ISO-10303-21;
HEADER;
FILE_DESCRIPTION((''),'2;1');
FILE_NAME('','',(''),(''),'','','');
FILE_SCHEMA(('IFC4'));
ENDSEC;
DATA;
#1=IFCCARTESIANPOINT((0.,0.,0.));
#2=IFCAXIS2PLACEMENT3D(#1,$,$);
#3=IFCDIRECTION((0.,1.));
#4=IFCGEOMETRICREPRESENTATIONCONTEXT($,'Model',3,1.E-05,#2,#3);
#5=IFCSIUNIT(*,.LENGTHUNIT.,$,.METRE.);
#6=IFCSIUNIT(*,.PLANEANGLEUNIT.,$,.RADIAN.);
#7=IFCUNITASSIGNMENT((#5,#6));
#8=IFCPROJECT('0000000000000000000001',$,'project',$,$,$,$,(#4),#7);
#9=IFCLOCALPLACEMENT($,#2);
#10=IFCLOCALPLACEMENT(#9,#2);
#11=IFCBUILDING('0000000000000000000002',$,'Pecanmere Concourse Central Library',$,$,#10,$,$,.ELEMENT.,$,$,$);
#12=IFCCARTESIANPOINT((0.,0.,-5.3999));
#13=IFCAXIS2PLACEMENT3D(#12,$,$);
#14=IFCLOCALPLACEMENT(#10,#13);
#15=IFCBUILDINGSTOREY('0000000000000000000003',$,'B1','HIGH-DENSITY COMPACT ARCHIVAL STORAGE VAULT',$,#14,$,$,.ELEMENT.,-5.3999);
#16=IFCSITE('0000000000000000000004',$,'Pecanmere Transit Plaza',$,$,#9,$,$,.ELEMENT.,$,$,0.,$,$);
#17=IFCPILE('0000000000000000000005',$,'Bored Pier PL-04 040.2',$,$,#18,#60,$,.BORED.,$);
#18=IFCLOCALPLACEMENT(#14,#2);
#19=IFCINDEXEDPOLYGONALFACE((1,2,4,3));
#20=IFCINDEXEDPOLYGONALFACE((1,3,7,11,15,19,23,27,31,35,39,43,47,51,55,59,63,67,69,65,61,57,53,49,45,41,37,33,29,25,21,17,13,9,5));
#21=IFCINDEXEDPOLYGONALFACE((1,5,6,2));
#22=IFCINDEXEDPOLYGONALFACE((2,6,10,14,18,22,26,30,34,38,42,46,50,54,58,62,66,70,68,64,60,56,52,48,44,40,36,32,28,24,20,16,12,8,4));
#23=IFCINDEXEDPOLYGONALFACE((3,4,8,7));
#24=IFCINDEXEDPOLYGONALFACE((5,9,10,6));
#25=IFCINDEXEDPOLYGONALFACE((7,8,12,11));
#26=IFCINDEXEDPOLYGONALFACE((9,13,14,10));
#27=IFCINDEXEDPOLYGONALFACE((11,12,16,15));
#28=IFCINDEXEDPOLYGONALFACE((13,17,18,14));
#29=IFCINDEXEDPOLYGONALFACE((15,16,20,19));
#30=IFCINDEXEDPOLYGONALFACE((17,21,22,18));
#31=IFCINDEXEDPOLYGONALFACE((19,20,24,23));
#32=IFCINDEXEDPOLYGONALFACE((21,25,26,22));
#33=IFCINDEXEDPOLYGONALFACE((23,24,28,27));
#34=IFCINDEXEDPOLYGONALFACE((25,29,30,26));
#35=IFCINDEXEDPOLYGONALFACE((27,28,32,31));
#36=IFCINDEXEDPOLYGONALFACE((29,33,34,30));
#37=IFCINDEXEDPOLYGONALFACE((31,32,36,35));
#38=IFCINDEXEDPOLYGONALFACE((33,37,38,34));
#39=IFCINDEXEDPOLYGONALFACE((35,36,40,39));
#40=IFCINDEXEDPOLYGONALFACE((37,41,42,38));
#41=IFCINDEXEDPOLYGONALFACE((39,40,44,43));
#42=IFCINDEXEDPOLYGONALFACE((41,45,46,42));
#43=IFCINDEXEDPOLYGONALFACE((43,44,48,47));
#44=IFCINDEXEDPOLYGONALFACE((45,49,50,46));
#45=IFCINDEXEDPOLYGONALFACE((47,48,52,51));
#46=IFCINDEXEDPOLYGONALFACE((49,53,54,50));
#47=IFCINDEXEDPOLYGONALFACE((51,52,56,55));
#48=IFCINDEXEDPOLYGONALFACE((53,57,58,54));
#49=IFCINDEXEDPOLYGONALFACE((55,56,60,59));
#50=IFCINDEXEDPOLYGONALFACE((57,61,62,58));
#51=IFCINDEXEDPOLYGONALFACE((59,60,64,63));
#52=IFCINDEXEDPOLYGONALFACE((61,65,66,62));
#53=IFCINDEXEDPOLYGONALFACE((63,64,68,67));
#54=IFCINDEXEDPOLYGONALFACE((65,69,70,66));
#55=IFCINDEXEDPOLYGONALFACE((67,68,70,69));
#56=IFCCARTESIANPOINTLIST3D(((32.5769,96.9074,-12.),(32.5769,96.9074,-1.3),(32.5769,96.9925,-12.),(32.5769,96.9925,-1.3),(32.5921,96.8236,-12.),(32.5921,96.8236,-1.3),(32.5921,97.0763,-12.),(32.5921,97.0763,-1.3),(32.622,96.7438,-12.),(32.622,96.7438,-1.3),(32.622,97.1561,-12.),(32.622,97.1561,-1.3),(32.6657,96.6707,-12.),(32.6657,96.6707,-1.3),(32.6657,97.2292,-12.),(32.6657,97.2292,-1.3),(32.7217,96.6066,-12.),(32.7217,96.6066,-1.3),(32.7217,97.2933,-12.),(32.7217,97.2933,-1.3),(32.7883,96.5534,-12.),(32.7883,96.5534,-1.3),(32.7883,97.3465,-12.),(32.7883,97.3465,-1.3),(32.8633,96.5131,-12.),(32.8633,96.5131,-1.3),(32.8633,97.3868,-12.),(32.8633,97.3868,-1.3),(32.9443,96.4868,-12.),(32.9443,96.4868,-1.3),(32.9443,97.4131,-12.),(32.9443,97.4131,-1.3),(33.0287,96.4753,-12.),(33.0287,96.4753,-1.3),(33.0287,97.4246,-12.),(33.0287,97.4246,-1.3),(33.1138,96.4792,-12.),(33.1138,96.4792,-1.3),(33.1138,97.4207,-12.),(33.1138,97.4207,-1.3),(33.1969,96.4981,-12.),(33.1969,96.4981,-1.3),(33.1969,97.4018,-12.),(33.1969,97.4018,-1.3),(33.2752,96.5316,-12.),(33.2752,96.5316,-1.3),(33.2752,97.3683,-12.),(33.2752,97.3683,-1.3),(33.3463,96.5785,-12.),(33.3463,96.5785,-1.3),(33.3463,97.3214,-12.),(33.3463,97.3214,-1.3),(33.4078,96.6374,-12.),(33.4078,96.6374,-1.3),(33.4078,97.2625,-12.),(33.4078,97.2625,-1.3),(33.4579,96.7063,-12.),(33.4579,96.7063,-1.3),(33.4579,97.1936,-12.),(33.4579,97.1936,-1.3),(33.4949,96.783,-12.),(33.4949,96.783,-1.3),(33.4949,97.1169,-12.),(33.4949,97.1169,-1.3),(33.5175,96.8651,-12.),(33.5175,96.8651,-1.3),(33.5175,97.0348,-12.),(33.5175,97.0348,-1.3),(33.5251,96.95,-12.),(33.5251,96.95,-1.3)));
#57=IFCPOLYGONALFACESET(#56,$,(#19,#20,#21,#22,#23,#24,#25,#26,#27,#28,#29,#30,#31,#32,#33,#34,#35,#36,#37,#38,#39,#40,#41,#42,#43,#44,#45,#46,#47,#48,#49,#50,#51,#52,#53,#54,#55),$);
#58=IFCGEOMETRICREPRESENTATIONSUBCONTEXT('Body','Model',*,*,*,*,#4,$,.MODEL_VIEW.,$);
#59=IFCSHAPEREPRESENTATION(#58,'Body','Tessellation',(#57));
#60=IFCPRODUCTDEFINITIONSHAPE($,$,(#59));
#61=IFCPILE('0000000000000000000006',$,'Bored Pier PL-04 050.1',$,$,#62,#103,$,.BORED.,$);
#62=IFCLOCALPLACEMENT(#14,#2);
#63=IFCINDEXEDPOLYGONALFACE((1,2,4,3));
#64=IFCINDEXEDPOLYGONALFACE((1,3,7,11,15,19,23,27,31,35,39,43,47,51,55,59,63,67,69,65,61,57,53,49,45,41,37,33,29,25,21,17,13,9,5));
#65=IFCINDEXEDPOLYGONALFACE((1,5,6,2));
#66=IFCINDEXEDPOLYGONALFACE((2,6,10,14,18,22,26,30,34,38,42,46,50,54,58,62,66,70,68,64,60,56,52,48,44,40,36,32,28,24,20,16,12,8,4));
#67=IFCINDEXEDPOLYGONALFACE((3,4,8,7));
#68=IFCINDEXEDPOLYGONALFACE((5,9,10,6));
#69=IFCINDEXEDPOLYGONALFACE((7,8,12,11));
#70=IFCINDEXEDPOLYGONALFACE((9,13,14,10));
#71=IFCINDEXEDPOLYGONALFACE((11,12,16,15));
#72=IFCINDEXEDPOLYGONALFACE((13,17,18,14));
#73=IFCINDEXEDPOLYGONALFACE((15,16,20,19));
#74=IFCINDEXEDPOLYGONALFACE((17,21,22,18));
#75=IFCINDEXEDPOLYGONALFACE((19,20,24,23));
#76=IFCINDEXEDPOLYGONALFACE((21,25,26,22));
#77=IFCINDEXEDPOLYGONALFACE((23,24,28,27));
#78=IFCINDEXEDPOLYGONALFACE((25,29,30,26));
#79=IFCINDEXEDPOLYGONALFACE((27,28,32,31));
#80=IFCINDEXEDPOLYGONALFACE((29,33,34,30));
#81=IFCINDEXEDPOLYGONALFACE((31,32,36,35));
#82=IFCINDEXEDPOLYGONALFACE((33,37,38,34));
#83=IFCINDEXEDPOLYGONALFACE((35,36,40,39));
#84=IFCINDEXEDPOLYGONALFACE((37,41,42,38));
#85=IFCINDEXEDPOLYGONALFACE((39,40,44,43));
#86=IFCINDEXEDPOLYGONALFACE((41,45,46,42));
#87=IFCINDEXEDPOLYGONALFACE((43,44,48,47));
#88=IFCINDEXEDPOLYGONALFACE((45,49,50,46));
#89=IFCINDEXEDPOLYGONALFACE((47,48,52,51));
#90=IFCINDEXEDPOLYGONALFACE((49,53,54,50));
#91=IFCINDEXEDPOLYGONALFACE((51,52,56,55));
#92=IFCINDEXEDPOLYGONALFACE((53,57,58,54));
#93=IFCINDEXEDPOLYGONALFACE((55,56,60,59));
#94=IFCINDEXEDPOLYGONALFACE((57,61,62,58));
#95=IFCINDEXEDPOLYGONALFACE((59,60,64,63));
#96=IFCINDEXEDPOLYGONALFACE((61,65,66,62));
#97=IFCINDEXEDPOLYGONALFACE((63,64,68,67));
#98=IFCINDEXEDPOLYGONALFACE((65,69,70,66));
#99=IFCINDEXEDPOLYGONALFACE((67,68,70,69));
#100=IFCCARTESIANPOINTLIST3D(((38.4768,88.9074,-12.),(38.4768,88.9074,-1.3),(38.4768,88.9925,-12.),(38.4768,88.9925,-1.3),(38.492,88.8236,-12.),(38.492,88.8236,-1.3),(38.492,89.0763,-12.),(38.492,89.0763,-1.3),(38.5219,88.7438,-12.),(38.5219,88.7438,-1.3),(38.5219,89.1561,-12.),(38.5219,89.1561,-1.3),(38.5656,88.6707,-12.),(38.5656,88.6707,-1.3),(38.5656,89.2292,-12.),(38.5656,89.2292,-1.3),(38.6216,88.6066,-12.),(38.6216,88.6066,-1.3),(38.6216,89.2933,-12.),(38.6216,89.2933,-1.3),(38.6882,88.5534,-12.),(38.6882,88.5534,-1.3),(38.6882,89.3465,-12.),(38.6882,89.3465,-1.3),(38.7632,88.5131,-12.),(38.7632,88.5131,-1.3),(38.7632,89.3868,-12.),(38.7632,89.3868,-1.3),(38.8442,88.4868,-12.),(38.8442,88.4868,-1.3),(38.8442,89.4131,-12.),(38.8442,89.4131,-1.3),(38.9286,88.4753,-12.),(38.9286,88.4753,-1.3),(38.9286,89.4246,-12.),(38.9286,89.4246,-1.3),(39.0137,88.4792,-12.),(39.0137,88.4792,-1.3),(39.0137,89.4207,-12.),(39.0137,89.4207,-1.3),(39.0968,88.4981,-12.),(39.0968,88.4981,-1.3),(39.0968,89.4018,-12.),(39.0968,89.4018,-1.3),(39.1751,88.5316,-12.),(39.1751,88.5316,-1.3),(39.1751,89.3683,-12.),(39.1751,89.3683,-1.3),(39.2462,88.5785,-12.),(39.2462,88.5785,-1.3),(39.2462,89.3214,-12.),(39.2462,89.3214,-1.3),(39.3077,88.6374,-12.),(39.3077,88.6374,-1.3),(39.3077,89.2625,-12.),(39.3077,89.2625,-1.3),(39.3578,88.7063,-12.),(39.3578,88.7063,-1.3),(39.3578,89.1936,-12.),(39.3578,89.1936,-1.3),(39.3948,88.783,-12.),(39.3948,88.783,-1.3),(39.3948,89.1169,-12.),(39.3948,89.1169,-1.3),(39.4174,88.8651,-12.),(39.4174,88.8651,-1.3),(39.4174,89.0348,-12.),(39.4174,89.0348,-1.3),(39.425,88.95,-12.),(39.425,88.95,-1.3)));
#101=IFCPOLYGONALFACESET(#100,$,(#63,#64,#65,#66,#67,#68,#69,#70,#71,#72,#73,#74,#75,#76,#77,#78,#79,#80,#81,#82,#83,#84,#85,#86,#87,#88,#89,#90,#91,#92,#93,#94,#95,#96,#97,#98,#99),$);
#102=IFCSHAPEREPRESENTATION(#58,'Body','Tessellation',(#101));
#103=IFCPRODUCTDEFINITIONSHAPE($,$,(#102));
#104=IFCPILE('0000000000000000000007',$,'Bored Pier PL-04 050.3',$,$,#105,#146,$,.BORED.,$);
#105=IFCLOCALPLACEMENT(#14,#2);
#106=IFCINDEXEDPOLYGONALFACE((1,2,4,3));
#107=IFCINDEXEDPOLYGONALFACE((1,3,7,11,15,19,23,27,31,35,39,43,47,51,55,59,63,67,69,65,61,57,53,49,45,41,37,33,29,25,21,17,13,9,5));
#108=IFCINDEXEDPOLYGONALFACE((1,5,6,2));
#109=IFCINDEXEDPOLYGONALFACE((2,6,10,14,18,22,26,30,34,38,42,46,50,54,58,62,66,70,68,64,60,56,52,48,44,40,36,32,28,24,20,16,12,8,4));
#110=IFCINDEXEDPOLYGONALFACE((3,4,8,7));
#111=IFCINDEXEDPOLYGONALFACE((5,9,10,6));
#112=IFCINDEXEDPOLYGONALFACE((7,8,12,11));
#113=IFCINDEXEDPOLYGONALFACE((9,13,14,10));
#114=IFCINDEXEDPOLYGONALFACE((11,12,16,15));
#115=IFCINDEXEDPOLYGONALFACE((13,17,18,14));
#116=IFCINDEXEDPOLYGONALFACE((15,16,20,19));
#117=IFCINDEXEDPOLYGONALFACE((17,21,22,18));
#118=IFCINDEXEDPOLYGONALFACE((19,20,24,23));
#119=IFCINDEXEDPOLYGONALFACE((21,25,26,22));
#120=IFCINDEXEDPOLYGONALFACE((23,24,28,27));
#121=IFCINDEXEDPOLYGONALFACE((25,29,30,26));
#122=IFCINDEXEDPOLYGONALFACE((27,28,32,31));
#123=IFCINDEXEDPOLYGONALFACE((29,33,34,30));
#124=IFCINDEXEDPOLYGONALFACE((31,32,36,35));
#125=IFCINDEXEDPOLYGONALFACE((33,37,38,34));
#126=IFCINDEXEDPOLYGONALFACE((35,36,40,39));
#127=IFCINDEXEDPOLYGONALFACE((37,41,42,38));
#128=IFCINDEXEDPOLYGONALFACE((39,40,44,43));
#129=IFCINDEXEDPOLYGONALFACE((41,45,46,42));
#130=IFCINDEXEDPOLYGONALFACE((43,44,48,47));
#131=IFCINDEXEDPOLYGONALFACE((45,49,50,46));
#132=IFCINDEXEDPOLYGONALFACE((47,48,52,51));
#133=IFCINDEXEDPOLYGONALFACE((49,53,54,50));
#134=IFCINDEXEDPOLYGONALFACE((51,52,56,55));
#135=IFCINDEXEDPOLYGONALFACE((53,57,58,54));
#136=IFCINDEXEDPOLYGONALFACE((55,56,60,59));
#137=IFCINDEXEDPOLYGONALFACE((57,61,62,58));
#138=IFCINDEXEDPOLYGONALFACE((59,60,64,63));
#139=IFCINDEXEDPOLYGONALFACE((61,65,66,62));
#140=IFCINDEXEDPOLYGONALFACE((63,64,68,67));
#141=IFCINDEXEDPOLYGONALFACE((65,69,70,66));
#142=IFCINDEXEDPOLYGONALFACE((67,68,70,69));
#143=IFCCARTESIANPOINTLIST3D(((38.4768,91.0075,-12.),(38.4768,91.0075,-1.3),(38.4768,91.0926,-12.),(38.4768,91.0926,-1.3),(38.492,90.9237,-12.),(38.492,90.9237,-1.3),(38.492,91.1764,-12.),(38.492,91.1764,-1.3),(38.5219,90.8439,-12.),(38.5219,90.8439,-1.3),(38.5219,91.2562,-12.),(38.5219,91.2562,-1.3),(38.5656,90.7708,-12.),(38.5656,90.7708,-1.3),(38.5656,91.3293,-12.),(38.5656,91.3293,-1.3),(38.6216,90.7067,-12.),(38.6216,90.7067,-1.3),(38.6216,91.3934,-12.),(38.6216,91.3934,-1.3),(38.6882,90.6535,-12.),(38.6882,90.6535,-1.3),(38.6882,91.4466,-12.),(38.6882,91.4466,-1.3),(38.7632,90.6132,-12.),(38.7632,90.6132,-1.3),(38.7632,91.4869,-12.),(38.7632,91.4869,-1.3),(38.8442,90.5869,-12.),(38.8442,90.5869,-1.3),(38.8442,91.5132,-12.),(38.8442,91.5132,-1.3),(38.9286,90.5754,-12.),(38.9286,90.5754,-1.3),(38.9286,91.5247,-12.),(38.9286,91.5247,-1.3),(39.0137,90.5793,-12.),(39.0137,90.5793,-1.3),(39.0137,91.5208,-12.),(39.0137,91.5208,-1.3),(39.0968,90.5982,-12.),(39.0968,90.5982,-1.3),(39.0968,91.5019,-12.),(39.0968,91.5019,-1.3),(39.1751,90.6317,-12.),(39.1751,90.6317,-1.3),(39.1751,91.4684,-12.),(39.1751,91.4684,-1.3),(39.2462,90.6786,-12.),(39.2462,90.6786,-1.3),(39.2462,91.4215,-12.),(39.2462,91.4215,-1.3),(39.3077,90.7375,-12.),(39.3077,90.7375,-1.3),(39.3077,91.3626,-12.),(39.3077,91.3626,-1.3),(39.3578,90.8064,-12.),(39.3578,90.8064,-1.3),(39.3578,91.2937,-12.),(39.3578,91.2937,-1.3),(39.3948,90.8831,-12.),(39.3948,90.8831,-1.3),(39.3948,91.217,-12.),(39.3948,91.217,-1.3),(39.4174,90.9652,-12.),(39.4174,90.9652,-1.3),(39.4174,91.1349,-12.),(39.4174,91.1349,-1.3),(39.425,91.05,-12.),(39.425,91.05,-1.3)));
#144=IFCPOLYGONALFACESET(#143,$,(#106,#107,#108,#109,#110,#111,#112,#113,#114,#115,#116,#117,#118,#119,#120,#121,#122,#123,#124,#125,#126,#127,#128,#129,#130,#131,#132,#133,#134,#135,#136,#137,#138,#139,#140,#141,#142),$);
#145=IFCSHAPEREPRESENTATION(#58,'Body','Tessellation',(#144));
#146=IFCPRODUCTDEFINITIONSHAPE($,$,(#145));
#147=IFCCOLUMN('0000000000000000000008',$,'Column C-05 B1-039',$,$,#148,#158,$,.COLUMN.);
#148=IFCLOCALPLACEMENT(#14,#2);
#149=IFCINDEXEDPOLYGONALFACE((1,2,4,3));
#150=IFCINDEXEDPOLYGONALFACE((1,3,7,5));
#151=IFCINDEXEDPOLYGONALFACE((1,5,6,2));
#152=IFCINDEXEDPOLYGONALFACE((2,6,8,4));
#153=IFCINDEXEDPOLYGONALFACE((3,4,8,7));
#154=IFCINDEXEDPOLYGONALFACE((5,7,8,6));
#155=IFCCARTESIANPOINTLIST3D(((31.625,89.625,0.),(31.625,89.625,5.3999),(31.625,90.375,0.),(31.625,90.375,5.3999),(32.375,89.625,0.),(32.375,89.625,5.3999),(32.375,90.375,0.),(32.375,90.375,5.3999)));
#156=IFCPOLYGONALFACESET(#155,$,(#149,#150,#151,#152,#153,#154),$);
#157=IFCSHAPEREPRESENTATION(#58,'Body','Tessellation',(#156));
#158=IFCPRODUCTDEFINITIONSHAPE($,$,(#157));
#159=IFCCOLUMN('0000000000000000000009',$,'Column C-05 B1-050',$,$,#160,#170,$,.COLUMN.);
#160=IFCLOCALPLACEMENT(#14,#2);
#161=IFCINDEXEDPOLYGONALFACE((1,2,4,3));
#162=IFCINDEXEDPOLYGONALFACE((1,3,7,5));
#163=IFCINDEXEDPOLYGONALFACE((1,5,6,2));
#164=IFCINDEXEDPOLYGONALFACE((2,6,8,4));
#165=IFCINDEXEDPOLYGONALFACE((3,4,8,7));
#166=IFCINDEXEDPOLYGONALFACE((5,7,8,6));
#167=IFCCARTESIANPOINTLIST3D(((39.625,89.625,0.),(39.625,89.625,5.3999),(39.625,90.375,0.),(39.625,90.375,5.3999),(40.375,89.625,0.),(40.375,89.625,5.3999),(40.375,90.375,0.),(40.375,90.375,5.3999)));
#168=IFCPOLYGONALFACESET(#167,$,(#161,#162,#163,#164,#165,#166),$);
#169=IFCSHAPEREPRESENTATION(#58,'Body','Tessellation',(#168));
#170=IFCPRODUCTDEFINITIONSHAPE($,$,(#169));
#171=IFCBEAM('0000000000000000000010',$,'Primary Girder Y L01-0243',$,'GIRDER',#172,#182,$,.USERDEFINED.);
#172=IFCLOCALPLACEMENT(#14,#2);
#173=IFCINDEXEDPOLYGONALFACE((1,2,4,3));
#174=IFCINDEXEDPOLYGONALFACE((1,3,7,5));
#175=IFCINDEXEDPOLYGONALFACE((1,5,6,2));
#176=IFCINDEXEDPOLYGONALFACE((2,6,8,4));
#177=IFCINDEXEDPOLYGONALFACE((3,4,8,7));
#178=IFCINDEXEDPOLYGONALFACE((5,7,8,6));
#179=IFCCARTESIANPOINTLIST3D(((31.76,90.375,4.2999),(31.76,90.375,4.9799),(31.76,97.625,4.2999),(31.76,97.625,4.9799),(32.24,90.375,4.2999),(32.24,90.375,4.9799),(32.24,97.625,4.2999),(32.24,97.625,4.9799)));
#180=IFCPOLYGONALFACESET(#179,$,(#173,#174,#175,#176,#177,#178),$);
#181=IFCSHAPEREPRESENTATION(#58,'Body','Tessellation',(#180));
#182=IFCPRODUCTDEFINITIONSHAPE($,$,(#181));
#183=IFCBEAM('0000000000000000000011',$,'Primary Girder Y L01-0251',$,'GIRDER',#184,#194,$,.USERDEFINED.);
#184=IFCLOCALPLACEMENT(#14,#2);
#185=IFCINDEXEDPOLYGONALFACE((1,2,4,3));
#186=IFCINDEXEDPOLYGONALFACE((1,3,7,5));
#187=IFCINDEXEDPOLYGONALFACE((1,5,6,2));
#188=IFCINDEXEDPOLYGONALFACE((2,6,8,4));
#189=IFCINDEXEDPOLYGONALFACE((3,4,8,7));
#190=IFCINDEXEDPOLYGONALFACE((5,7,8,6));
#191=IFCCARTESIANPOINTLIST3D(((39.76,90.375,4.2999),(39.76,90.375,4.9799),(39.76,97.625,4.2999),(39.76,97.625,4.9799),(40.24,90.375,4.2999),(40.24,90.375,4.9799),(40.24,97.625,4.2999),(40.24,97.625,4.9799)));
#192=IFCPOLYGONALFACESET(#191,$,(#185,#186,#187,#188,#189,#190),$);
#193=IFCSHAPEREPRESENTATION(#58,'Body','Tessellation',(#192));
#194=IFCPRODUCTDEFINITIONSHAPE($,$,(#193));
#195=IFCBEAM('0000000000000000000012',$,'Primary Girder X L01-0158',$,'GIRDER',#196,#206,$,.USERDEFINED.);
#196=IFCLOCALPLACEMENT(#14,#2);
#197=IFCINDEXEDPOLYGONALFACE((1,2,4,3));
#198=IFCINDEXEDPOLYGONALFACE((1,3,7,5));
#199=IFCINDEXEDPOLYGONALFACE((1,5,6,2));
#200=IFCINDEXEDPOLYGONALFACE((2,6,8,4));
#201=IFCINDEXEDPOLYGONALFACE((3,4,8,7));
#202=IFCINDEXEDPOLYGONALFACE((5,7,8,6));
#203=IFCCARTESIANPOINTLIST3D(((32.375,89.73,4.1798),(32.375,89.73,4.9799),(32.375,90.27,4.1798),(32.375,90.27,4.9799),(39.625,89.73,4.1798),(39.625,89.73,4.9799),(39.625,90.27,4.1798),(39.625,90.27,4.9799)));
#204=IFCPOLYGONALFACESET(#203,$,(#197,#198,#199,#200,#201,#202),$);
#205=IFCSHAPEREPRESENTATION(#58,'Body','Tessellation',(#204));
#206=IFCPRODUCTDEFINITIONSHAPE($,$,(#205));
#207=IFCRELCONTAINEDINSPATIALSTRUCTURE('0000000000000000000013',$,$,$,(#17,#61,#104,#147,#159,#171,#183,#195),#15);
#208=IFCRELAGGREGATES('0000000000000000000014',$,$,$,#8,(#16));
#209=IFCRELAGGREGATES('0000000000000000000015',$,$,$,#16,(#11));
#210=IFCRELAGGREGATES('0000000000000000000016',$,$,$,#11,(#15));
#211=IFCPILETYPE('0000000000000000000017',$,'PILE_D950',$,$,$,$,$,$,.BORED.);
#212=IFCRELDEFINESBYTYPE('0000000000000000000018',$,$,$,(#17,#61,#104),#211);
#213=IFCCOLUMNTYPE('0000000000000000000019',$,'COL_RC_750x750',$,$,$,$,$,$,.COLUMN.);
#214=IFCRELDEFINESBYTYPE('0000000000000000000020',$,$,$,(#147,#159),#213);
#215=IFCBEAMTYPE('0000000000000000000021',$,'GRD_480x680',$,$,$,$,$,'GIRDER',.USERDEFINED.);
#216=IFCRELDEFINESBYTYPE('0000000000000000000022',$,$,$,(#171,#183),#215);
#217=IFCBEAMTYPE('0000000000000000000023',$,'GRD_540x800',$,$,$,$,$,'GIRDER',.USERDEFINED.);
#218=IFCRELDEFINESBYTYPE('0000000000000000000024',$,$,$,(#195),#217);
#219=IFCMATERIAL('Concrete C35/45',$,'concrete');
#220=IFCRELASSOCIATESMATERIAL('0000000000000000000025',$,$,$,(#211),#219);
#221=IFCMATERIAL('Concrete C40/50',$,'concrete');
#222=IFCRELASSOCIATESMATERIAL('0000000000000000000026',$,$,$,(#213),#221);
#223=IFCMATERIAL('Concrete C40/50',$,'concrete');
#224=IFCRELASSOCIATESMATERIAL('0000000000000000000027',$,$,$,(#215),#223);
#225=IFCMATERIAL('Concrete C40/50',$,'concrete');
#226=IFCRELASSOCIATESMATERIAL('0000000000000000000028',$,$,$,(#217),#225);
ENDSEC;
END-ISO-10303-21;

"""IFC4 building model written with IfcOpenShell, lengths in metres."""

from ifc_helpers import new_model, si_unit, direction, frame, origin, origin_2d, place, context, subcontext, project, spatial, rectangle, circle, extrude, material, material_profile, profile_set, type_object, element, save


model = new_model("IFC4")

# Units and contexts
model_context = context("Model", 3, precision=1e-05, world=origin(), true_north=direction((0.0, 1.0)))
body_context = subcontext(model_context, "Body", "Model", "MODEL_VIEW")
ifc_project = project(units=[si_unit("LENGTHUNIT", "METRE"), si_unit("PLANEANGLEUNIT", "RADIAN")], contexts=[model_context])

# Site, building, storey
site_placement = place(None, origin())
site = spatial("IfcSite", under=ifc_project, at=site_placement, Name="Pecanmere Transit Plaza", CompositionType="ELEMENT", RefElevation=0.0)
building_placement = place(site_placement, origin())
building = spatial("IfcBuilding", under=site, at=building_placement, Name="Pecanmere Concourse Central Library", CompositionType="ELEMENT")
storey_placement = place(building_placement, frame((0.0, 0.0, -5.3999)))
storey = spatial("IfcBuildingStorey", under=building, at=storey_placement, Name="B1", Description="HIGH-DENSITY COMPACT ARCHIVAL STORAGE VAULT", CompositionType="ELEMENT", Elevation=-5.3999)

# Piles
ifc_material_1 = material(Name="Concrete C35/45", Category="concrete")
ifc_material_profile_1 = material_profile(ifc_material_1, circle(Radius=0.4751, at=origin_2d()), Name="PIER D950")
ifc_profile_set_1 = profile_set([ifc_material_profile_1], Name="Concrete C35/45")
pile_type = type_object("IfcPileType", Name="PILE_D950", PredefinedType="BORED", material=ifc_profile_set_1)
for number, where, z_axis, x_axis, name in (
    (1, (33.05, 96.95, -1.3), (0.0, 0.0, -1.0), (1.0, 0.0, 0.0), "Bored Pier PL-04 040.2"),
    (2, (38.95, 88.95, -1.3), (0.0, 0.0, -1.0), (1.0, 0.0, 0.0), "Bored Pier PL-04 050.1"),
    (3, (38.95, 91.05, -1.3), (0.0, 0.0, -1.0), (1.0, 0.0, 0.0), "Bored Pier PL-04 050.3"),
):
    element("IfcPile", number, at=place(storey_placement, frame(where, z_axis=z_axis, x_axis=x_axis)), inside=storey, type_object=pile_type, Name=name, PredefinedType="BORED", context=body_context, shape_type="SweptSolid", body=[
        extrude(circle(Radius=0.4751, at=origin_2d()), origin(), (0.0, 0.0, 1.0), 10.7),
    ])

# Columns
ifc_material_2 = material(Name="Concrete C40/50", Category="concrete")
ifc_material_profile_2 = material_profile(ifc_material_2, rectangle(XDim=0.75, YDim=0.75, at=origin_2d()), Name="RC 750x750")
ifc_profile_set_2 = profile_set([ifc_material_profile_2], Name="Concrete C40/50")
column_type = type_object("IfcColumnType", Name="COL_RC_750x750", PredefinedType="COLUMN", material=ifc_profile_set_2)
for number, where, z_axis, x_axis, name in (
    (4, (32.0, 90.0, 0.0), (0.0, 0.0, 1.0), (1.0, 0.0, 0.0), "Column C-05 B1-039"),
    (5, (40.0, 90.0, 0.0), (0.0, 0.0, 1.0), (1.0, 0.0, 0.0), "Column C-05 B1-050"),
):
    element("IfcColumn", number, at=place(storey_placement, frame(where, z_axis=z_axis, x_axis=x_axis)), inside=storey, type_object=column_type, Name=name, PredefinedType="COLUMN", context=body_context, shape_type="SweptSolid", body=[
        extrude(rectangle(XDim=0.75, YDim=0.75, at=origin_2d()), origin(), (0.0, 0.0, 1.0), 5.3999),
    ])

# Beams
ifc_material_3 = material(Name="Concrete C40/50", Category="concrete")
ifc_material_profile_3 = material_profile(ifc_material_3, rectangle(XDim=0.48, YDim=0.6799, at=origin_2d()), Name="RC 480x680")
ifc_profile_set_3 = profile_set([ifc_material_profile_3], Name="Concrete C40/50")
beam_type_1 = type_object("IfcBeamType", Name="GRD_480x680", ElementType="GIRDER", PredefinedType="USERDEFINED", material=ifc_profile_set_3)
for number, where, z_axis, x_axis, name in (
    (6, (32.0, 90.375, 4.6399), (0.0, 1.0, 0.0), (-1.0, 0.0, 0.0), "Primary Girder Y L01-0243"),
    (7, (40.0, 90.375, 4.6399), (0.0, 1.0, 0.0), (-1.0, 0.0, 0.0), "Primary Girder Y L01-0251"),
):
    element("IfcBeam", number, at=place(storey_placement, frame(where, z_axis=z_axis, x_axis=x_axis)), inside=storey, type_object=beam_type_1, Name=name, ObjectType="GIRDER", PredefinedType="USERDEFINED", context=body_context, shape_type="SweptSolid", body=[
        extrude(rectangle(XDim=0.48, YDim=0.6799, at=origin_2d()), origin(), (0.0, 0.0, 1.0), 7.25),
    ])
ifc_material_4 = material(Name="Concrete C40/50", Category="concrete")
ifc_material_profile_4 = material_profile(ifc_material_4, rectangle(XDim=0.54, YDim=0.8, at=origin_2d()), Name="RC 540x800")
ifc_profile_set_4 = profile_set([ifc_material_profile_4], Name="Concrete C40/50")
beam_type_2 = type_object("IfcBeamType", Name="GRD_540x800", ElementType="GIRDER", PredefinedType="USERDEFINED", material=ifc_profile_set_4)
beam_1_placement = place(storey_placement, frame((32.375, 90.0, 4.5798), z_axis=(1.0, 0.0, 0.0), x_axis=(0.0, 1.0, 0.0)))
element("IfcBeam", 8, at=beam_1_placement, inside=storey, type_object=beam_type_2, Name="Primary Girder X L01-0158", ObjectType="GIRDER", PredefinedType="USERDEFINED", context=body_context, shape_type="SweptSolid", body=[
    extrude(rectangle(XDim=0.54, YDim=0.8, at=origin_2d()), origin(), (0.0, 0.0, 1.0), 7.25),
])

save(model, "model.ifc")
